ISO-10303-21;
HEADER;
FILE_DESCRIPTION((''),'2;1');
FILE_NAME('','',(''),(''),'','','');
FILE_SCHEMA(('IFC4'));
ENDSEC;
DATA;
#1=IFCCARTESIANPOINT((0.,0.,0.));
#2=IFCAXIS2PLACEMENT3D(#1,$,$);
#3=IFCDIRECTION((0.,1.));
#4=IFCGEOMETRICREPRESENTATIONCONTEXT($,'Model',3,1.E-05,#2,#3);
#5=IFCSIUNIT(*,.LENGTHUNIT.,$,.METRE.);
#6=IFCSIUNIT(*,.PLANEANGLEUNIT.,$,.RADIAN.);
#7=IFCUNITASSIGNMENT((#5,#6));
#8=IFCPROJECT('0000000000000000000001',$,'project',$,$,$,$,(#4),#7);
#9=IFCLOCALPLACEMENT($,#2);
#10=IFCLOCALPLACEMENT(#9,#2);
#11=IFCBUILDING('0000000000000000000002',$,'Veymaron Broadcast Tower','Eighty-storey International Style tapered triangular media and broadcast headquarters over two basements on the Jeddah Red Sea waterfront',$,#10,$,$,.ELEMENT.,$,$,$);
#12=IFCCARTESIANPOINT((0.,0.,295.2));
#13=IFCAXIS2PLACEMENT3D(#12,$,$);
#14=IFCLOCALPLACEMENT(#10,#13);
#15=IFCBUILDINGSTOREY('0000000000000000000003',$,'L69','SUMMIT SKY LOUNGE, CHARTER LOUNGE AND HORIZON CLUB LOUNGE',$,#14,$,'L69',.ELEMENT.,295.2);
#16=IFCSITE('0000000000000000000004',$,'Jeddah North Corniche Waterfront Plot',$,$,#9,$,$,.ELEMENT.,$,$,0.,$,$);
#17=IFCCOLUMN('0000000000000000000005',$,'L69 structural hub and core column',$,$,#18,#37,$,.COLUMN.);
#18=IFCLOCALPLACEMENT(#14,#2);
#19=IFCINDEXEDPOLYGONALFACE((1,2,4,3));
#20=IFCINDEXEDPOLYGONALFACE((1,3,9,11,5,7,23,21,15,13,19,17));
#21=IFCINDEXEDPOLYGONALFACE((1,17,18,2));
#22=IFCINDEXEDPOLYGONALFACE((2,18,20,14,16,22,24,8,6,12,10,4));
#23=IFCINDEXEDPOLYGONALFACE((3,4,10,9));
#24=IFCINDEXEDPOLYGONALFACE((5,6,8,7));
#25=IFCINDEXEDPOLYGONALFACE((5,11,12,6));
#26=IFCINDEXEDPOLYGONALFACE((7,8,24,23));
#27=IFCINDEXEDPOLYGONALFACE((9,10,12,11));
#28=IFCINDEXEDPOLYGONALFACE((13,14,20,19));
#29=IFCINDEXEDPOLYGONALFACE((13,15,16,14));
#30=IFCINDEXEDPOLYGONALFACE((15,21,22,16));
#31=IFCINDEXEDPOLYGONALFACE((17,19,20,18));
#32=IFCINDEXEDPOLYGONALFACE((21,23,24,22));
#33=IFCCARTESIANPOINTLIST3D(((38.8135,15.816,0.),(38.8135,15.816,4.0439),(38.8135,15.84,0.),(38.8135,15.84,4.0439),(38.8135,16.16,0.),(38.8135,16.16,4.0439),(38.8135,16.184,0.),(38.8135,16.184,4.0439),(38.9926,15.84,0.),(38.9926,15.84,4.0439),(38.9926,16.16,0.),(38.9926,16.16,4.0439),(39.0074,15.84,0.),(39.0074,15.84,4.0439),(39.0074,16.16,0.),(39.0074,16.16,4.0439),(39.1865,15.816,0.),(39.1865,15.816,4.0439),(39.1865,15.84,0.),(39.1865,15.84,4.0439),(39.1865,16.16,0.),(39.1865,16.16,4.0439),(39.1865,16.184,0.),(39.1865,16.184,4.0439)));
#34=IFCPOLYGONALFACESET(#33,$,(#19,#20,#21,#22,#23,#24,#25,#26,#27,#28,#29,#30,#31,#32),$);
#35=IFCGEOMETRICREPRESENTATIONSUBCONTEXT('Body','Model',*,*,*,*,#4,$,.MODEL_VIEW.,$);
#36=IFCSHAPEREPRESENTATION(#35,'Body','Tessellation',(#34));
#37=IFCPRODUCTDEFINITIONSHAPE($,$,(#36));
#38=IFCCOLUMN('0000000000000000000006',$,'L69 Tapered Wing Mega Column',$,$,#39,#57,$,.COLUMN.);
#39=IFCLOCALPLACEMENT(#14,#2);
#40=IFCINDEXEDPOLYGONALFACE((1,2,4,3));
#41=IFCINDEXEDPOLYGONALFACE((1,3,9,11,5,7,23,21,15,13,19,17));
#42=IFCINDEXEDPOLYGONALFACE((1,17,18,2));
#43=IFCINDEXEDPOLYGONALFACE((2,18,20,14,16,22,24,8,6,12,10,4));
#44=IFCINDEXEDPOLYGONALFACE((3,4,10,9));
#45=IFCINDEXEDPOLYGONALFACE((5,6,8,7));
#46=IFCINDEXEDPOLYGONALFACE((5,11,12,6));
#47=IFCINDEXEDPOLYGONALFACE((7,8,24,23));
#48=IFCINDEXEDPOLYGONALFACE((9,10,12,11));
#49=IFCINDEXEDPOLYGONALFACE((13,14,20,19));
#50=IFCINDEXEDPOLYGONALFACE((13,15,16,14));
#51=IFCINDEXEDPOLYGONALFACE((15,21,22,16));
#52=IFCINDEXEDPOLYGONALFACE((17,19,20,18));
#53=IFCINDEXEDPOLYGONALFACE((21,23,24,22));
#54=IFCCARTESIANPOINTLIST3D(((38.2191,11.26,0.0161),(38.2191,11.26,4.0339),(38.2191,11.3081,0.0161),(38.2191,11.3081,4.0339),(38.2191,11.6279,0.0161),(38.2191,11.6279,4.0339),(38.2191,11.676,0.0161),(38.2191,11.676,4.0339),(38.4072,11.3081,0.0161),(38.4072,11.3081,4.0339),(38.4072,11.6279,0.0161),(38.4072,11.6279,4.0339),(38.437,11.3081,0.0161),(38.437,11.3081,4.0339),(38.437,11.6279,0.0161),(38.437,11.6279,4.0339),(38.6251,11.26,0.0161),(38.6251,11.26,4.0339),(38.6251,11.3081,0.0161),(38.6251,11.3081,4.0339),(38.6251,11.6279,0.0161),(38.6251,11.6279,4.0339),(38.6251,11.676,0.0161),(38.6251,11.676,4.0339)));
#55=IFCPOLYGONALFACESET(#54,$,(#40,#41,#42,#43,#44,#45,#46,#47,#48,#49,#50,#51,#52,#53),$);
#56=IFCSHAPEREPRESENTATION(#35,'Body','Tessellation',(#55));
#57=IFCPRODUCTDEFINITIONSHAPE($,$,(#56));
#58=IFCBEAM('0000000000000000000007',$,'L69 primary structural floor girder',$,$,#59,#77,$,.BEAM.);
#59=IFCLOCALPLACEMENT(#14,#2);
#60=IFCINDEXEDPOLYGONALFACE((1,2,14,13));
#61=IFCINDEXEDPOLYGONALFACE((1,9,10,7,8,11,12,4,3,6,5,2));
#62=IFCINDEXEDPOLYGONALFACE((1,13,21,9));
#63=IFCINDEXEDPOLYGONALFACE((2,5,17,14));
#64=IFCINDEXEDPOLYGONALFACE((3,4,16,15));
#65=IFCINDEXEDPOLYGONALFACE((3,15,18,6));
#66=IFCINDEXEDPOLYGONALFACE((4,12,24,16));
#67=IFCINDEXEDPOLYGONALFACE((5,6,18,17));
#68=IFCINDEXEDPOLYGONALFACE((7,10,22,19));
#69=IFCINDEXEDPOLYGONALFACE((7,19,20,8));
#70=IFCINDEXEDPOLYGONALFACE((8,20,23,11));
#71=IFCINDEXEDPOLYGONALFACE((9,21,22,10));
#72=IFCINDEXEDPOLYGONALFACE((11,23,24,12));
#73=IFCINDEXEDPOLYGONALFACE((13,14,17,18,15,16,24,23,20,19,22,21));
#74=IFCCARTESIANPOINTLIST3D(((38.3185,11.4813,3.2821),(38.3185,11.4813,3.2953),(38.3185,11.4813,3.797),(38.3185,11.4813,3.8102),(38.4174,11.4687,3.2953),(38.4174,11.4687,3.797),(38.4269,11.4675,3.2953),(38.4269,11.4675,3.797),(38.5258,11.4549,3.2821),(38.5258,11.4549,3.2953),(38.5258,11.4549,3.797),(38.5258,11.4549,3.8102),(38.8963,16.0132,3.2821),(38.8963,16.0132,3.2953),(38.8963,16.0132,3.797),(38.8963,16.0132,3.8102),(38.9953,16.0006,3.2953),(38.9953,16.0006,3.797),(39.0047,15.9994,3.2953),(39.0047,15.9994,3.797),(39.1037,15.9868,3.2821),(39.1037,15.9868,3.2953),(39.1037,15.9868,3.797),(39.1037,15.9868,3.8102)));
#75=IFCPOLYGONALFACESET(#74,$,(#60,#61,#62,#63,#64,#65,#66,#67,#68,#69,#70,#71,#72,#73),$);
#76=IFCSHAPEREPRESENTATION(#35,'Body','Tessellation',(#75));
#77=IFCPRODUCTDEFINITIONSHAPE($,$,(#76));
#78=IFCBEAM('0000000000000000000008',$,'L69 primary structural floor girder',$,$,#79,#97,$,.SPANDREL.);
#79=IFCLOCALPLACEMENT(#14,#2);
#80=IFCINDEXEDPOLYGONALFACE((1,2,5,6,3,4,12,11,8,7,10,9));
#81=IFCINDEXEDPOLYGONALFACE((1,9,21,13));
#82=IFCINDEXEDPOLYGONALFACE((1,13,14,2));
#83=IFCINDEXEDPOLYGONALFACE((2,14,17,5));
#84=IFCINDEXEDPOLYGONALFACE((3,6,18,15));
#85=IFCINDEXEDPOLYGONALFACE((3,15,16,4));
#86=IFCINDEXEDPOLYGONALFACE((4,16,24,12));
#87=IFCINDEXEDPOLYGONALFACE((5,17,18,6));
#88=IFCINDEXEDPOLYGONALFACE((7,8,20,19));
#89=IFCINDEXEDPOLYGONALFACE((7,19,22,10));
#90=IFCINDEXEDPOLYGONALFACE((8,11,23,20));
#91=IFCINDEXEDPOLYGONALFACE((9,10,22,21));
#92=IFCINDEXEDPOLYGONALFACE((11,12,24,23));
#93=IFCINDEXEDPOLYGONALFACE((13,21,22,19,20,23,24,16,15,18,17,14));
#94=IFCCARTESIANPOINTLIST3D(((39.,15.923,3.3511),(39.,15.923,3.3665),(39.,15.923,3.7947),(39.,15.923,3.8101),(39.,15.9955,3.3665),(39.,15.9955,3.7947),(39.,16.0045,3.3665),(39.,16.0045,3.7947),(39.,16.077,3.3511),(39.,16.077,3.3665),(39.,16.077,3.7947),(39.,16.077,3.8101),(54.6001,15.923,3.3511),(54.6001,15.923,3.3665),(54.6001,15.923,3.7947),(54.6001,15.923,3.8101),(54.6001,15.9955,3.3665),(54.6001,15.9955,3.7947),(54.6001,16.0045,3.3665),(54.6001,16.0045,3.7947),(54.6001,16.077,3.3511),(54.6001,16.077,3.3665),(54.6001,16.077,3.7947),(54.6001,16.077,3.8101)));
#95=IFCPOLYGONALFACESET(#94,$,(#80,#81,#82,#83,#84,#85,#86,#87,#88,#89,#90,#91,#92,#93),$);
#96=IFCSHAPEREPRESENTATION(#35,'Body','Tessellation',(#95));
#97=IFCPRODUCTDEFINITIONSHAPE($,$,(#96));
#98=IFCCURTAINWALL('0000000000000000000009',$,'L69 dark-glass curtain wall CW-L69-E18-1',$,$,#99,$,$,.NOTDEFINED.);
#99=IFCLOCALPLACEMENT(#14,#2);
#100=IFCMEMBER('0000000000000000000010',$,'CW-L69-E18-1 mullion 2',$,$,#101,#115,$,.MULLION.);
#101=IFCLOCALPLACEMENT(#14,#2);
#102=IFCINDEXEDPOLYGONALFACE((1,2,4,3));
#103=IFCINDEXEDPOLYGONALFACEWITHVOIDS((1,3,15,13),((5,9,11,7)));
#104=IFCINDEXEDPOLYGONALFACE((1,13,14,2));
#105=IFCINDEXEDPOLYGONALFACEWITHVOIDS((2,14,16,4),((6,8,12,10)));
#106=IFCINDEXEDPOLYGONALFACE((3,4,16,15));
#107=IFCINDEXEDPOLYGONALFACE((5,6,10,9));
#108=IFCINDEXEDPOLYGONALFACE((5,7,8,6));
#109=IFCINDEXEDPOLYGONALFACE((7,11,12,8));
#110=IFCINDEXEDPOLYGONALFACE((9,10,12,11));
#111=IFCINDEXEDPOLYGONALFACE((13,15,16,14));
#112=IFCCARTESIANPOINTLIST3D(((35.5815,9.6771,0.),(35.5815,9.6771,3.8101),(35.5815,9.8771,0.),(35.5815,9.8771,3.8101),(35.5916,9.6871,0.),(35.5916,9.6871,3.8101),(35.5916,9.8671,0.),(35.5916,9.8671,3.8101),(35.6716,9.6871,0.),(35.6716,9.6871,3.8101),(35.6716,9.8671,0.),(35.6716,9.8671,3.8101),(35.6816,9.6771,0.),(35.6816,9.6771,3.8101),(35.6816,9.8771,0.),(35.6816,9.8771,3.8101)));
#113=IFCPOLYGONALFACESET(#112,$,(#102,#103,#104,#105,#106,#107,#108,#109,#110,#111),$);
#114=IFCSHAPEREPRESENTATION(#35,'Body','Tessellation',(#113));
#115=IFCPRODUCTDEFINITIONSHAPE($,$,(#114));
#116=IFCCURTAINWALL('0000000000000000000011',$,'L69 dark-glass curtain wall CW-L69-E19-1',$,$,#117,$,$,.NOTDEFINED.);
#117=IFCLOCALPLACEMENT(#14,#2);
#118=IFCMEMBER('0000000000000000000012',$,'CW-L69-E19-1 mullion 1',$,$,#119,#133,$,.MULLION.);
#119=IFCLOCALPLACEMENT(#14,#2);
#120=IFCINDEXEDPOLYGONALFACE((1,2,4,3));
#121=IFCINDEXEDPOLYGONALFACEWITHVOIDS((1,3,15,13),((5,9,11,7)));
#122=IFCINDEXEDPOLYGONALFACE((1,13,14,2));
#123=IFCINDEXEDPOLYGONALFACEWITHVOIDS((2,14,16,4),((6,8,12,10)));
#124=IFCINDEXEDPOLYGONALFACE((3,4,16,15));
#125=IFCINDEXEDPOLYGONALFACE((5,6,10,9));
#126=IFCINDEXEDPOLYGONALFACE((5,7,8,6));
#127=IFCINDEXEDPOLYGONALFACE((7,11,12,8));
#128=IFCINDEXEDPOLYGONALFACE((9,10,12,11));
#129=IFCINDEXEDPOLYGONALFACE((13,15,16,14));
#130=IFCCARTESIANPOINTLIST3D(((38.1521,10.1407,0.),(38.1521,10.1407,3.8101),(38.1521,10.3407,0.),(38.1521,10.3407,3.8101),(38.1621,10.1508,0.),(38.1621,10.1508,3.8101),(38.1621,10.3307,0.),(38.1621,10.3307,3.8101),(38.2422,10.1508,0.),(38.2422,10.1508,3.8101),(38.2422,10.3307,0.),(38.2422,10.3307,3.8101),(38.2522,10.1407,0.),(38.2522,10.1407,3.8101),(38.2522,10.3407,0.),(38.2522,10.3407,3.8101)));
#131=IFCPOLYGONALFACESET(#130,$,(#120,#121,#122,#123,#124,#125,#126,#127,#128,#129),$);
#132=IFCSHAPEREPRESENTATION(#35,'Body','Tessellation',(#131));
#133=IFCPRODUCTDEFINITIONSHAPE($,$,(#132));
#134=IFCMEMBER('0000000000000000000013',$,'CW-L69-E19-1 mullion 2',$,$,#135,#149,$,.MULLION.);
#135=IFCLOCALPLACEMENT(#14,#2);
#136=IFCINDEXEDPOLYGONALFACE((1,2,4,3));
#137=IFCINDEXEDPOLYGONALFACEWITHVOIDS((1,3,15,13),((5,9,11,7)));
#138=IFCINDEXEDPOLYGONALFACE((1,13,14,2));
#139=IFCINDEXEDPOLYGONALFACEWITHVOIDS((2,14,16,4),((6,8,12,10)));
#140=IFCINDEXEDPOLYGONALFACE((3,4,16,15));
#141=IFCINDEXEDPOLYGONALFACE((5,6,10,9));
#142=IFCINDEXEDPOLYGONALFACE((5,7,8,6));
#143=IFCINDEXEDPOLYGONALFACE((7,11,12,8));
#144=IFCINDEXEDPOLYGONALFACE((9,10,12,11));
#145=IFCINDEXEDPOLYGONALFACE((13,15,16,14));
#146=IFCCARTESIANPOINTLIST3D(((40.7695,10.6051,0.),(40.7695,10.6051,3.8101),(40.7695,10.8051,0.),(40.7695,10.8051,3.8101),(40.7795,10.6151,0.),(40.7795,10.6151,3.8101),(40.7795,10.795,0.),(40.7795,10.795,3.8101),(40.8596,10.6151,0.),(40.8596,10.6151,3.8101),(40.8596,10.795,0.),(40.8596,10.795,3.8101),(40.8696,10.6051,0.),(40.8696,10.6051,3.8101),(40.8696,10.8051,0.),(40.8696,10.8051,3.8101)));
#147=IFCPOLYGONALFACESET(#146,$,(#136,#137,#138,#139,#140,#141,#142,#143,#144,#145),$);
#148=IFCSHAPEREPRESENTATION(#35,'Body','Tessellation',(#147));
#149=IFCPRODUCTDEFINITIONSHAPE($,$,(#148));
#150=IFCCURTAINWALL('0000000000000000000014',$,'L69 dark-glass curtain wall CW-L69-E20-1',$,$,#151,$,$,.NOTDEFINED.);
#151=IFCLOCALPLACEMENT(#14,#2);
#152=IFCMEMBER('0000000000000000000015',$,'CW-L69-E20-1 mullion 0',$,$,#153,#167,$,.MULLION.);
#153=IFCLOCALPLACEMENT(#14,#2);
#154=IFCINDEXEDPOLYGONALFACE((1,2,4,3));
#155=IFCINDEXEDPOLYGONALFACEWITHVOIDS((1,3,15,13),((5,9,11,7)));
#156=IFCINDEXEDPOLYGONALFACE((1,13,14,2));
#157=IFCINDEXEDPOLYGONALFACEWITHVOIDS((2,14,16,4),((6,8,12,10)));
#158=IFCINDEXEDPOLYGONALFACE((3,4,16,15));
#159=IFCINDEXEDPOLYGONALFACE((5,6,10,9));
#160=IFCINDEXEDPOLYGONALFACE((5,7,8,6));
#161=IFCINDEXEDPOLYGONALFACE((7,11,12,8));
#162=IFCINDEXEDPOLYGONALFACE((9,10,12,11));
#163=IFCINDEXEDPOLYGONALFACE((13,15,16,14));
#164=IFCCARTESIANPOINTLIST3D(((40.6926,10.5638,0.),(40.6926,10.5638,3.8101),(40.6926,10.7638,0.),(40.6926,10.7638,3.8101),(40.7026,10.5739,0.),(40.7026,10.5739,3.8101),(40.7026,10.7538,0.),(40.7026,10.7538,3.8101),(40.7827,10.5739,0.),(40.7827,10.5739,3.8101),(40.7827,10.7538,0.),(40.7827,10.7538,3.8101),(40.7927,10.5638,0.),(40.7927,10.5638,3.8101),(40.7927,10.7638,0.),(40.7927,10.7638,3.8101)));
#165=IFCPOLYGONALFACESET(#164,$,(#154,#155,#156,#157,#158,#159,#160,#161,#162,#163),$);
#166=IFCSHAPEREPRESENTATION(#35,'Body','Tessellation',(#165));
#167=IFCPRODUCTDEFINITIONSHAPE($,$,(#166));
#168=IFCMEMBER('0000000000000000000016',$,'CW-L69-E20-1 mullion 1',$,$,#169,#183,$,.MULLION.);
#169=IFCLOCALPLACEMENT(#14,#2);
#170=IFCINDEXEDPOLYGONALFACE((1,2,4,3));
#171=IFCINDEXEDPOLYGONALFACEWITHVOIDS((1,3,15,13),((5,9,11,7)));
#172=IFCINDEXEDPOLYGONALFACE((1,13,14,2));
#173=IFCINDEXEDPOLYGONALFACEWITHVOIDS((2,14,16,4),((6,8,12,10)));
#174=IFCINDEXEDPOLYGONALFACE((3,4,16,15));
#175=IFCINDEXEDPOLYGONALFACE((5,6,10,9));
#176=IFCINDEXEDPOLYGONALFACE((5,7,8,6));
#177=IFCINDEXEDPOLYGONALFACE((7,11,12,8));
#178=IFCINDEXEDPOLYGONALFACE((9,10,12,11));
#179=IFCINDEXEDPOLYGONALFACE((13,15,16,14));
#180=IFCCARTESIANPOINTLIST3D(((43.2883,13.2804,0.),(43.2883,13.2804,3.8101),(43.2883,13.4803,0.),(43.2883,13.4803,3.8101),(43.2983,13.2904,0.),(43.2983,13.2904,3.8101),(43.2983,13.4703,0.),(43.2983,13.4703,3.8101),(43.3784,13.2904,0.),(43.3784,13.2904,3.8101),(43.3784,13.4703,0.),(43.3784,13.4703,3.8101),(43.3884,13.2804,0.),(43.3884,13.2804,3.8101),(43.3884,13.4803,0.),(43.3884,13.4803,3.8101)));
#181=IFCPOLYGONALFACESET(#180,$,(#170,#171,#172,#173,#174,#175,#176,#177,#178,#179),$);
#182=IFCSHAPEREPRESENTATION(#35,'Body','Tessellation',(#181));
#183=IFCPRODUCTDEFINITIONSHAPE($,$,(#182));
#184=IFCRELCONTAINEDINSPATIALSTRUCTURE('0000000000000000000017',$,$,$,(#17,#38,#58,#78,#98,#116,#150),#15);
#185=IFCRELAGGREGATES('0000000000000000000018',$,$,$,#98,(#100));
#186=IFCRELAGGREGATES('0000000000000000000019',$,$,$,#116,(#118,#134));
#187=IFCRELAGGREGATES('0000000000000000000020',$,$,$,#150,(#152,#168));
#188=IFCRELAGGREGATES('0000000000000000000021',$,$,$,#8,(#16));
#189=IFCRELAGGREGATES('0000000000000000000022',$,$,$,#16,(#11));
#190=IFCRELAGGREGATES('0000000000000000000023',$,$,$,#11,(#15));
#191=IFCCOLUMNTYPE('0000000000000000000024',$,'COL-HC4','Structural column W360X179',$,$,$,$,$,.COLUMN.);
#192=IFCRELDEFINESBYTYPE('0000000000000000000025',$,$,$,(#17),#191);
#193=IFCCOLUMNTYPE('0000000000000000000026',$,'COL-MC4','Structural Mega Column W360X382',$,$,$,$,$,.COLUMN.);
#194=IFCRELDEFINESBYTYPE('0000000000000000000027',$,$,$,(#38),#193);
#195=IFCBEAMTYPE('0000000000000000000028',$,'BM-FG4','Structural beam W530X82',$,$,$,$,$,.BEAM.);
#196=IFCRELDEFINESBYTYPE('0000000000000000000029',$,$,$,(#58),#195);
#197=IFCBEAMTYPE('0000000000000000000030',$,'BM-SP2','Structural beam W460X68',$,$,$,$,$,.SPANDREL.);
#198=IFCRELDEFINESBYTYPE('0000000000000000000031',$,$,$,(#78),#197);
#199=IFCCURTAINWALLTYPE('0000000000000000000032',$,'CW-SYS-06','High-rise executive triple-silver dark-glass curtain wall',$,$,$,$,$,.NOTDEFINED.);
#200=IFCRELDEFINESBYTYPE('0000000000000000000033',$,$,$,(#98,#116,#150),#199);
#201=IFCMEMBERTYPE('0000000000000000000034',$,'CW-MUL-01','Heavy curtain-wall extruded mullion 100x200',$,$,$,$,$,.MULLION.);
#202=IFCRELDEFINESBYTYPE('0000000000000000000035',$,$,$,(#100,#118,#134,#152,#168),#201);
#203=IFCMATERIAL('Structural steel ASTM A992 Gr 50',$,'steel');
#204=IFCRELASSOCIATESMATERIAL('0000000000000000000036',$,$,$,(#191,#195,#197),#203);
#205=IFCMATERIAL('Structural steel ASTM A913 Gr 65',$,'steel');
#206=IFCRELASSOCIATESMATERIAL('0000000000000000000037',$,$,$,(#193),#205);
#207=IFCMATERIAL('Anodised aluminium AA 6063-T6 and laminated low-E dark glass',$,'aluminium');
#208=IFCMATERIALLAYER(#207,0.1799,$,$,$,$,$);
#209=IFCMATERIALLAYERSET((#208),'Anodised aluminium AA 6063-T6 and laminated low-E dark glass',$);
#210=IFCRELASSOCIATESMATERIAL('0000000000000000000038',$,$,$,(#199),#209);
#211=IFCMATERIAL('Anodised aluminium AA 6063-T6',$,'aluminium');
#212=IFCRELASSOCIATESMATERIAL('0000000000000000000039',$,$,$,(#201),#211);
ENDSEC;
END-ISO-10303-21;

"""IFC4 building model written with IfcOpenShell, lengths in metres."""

from ifc_helpers import new_model, si_unit, direction, frame, origin, origin_2d, place, context, subcontext, project, spatial, hollow_rectangle, i_section, extrude, material, layer, layer_set, material_profile, profile_set, type_object, element, aggregate, save


model = new_model("IFC4")

# Units and contexts
model_context = context("Model", 3, precision=1e-05, world=origin(), true_north=direction((0.0, 1.0)))
body_context = subcontext(model_context, "Body", "Model", "MODEL_VIEW")
ifc_project = project(units=[si_unit("LENGTHUNIT", "METRE"), si_unit("PLANEANGLEUNIT", "RADIAN")], contexts=[model_context])

# Site, building, storey
site_placement = place(None, origin())
site = spatial("IfcSite", under=ifc_project, at=site_placement, Name="Jeddah North Corniche Waterfront Plot", CompositionType="ELEMENT", RefElevation=0.0)
building_placement = place(site_placement, origin())
building = spatial("IfcBuilding", under=site, at=building_placement, Name="Veymaron Broadcast Tower", Description="Eighty-storey International Style tapered triangular media and broadcast headquarters over two basements on the Jeddah Red Sea waterfront", CompositionType="ELEMENT")
storey_placement = place(building_placement, frame((0.0, 0.0, 295.2)))
storey = spatial("IfcBuildingStorey", under=building, at=storey_placement, Name="L69", Description="SUMMIT SKY LOUNGE, CHARTER LOUNGE AND HORIZON CLUB LOUNGE", LongName="L69", CompositionType="ELEMENT", Elevation=295.2)

# Columns
ifc_material_1 = material(Name="Structural steel ASTM A992 Gr 50", Category="steel")
ifc_material_profile_1 = material_profile(ifc_material_1, i_section(OverallWidth=0.373, OverallDepth=0.3679, WebThickness=0.0149, FlangeThickness=0.0239, at=origin_2d()), Name="W360X179")
ifc_profile_set_1 = profile_set([ifc_material_profile_1], Name="Structural steel ASTM A992 Gr 50")
column_type_1 = type_object("IfcColumnType", Name="COL-HC4", Description="Structural column W360X179", PredefinedType="COLUMN", material=ifc_profile_set_1)
column_1_placement = place(storey_placement, frame((39.0, 16.0, 0.0), z_axis=(0.0, 0.0, 1.0), x_axis=(1.0, 0.0, 0.0)))
element("IfcColumn", 1, at=column_1_placement, inside=storey, type_object=column_type_1, Name="L69 structural hub and core column", PredefinedType="COLUMN", context=body_context, shape_type="SweptSolid", body=[
    extrude(i_section(OverallWidth=0.373, OverallDepth=0.3679, WebThickness=0.0149, FlangeThickness=0.0239, at=origin_2d()), origin(), (0.0, 0.0, 1.0), 4.0439),
])
ifc_material_2 = material(Name="Structural steel ASTM A913 Gr 65", Category="steel")
ifc_material_profile_2 = material_profile(ifc_material_2, i_section(OverallWidth=0.406, OverallDepth=0.416, WebThickness=0.0298, FlangeThickness=0.0481, at=origin_2d()), Name="W360X382")
ifc_profile_set_2 = profile_set([ifc_material_profile_2], Name="Structural steel ASTM A913 Gr 65")
column_type_2 = type_object("IfcColumnType", Name="COL-MC4", Description="Structural Mega Column W360X382", PredefinedType="COLUMN", material=ifc_profile_set_2)
column_2_placement = place(storey_placement, frame((38.4221, 11.468, 0.0161), z_axis=(0.0, 0.0, 1.0), x_axis=(1.0, 0.0, 0.0)))
element("IfcColumn", 2, at=column_2_placement, inside=storey, type_object=column_type_2, Name="L69 Tapered Wing Mega Column", PredefinedType="COLUMN", context=body_context, shape_type="SweptSolid", body=[
    extrude(i_section(OverallWidth=0.406, OverallDepth=0.416, WebThickness=0.0298, FlangeThickness=0.0481, at=origin_2d()), origin(), (0.0, 0.0, 1.0), 4.0178),
])

# Beams
ifc_material_profile_3 = material_profile(ifc_material_1, i_section(OverallWidth=0.209, OverallDepth=0.5281, WebThickness=0.0095, FlangeThickness=0.0132, at=origin_2d()), Name="W530X82")
ifc_profile_set_3 = profile_set([ifc_material_profile_3], Name="Structural steel ASTM A992 Gr 50")
beam_type_1 = type_object("IfcBeamType", Name="BM-FG4", Description="Structural beam W530X82", PredefinedType="BEAM", material=ifc_profile_set_3)
beam_1_placement = place(storey_placement, frame((39.0, 16.0, 3.5461), z_axis=(-0.126488, -0.991968, 0.0), x_axis=(0.991968, -0.126488, 0.0)))
element("IfcBeam", 3, at=beam_1_placement, inside=storey, type_object=beam_type_1, Name="L69 primary structural floor girder", PredefinedType="BEAM", context=body_context, shape_type="SweptSolid", body=[
    extrude(i_section(OverallWidth=0.209, OverallDepth=0.5281, WebThickness=0.0095, FlangeThickness=0.0132, at=origin_2d()), origin(), (0.0, 0.0, 1.0), 4.5686),
])
ifc_material_profile_4 = material_profile(ifc_material_1, i_section(OverallWidth=0.1541, OverallDepth=0.459, WebThickness=0.009, FlangeThickness=0.0154, at=origin_2d()), Name="W460X68")
ifc_profile_set_4 = profile_set([ifc_material_profile_4], Name="Structural steel ASTM A992 Gr 50")
beam_type_2 = type_object("IfcBeamType", Name="BM-SP2", Description="Structural beam W460X68", PredefinedType="SPANDREL", material=ifc_profile_set_4)
beam_2_placement = place(storey_placement, frame((39.0, 16.0, 3.5806), z_axis=(1.0, 0.0, 0.0), x_axis=(0.0, 1.0, 0.0)))
element("IfcBeam", 4, at=beam_2_placement, inside=storey, type_object=beam_type_2, Name="L69 primary structural floor girder", PredefinedType="SPANDREL", context=body_context, shape_type="SweptSolid", body=[
    extrude(i_section(OverallWidth=0.1541, OverallDepth=0.459, WebThickness=0.009, FlangeThickness=0.0154, at=origin_2d()), origin(), (0.0, 0.0, 1.0), 15.6001),
])

# Curtain wall, member
ifc_material_3 = material(Name="Anodised aluminium AA 6063-T6 and laminated low-E dark glass", Category="aluminium")
ifc_layer_1 = layer(ifc_material_3, 0.1799)
ifc_layer_set_1 = layer_set([ifc_layer_1], Name="Anodised aluminium AA 6063-T6 and laminated low-E dark glass")
curtain_wall_type = type_object("IfcCurtainWallType", Name="CW-SYS-06", Description="High-rise executive triple-silver dark-glass curtain wall", PredefinedType="NOTDEFINED", material=ifc_layer_set_1)
curtain_wall_1_placement = place(storey_placement, origin())
curtain_wall_1 = element("IfcCurtainWall", 5, at=curtain_wall_1_placement, inside=storey, type_object=curtain_wall_type, Name="L69 dark-glass curtain wall CW-L69-E18-1", PredefinedType="NOTDEFINED")
ifc_material_4 = material(Name="Anodised aluminium AA 6063-T6", Category="aluminium")
ifc_material_profile_5 = material_profile(ifc_material_4, hollow_rectangle(XDim=0.1001, YDim=0.2, WallThickness=0.01, at=origin_2d()), Name="RHS200X100X10")
ifc_profile_set_5 = profile_set([ifc_material_profile_5], Name="Anodised aluminium AA 6063-T6")
member_type_1 = type_object("IfcMemberType", Name="CW-MUL-01", Description="Heavy curtain-wall extruded mullion 100x200", PredefinedType="MULLION", material=ifc_profile_set_5)
member_1_placement = place(storey_placement, frame((35.6316, 9.7771, 0.0), z_axis=(0.0, 0.0, 1.0), x_axis=(1.0, 0.0, 0.0)))
member_1 = element("IfcMember", 6, at=member_1_placement, type_object=member_type_1, Name="CW-L69-E18-1 mullion 2", PredefinedType="MULLION", context=body_context, shape_type="SweptSolid", body=[
    extrude(hollow_rectangle(XDim=0.1001, YDim=0.2, WallThickness=0.01, at=origin_2d()), origin(), (0.0, 0.0, 1.0), 3.8101),
])
aggregate(curtain_wall_1, [member_1])

# Curtain walls, members
curtain_wall_2_placement = place(storey_placement, origin())
curtain_wall_2 = element("IfcCurtainWall", 7, at=curtain_wall_2_placement, inside=storey, type_object=curtain_wall_type, Name="L69 dark-glass curtain wall CW-L69-E19-1", PredefinedType="NOTDEFINED")
member_2_placement = place(storey_placement, frame((38.2021, 10.2407, 0.0), z_axis=(0.0, 0.0, 1.0), x_axis=(1.0, 0.0, 0.0)))
member_2 = element("IfcMember", 8, at=member_2_placement, type_object=member_type_1, Name="CW-L69-E19-1 mullion 1", PredefinedType="MULLION", context=body_context, shape_type="SweptSolid", body=[
    extrude(hollow_rectangle(XDim=0.1001, YDim=0.2, WallThickness=0.01, at=origin_2d()), origin(), (0.0, 0.0, 1.0), 3.8101),
])
member_3_placement = place(storey_placement, frame((40.8196, 10.7051, 0.0), z_axis=(0.0, 0.0, 1.0), x_axis=(1.0, 0.0, 0.0)))
member_3 = element("IfcMember", 9, at=member_3_placement, type_object=member_type_1, Name="CW-L69-E19-1 mullion 2", PredefinedType="MULLION", context=body_context, shape_type="SweptSolid", body=[
    extrude(hollow_rectangle(XDim=0.1001, YDim=0.2, WallThickness=0.01, at=origin_2d()), origin(), (0.0, 0.0, 1.0), 3.8101),
])
curtain_wall_3_placement = place(storey_placement, origin())
curtain_wall_3 = element("IfcCurtainWall", 10, at=curtain_wall_3_placement, inside=storey, type_object=curtain_wall_type, Name="L69 dark-glass curtain wall CW-L69-E20-1", PredefinedType="NOTDEFINED")
member_4_placement = place(storey_placement, frame((40.7427, 10.6638, 0.0), z_axis=(0.0, 0.0, 1.0), x_axis=(1.0, 0.0, 0.0)))
member_4 = element("IfcMember", 11, at=member_4_placement, type_object=member_type_1, Name="CW-L69-E20-1 mullion 0", PredefinedType="MULLION", context=body_context, shape_type="SweptSolid", body=[
    extrude(hollow_rectangle(XDim=0.1001, YDim=0.2, WallThickness=0.01, at=origin_2d()), origin(), (0.0, 0.0, 1.0), 3.8101),
])
member_5_placement = place(storey_placement, frame((43.3384, 13.3804, 0.0), z_axis=(0.0, 0.0, 1.0), x_axis=(1.0, 0.0, 0.0)))
member_5 = element("IfcMember", 12, at=member_5_placement, type_object=member_type_1, Name="CW-L69-E20-1 mullion 1", PredefinedType="MULLION", context=body_context, shape_type="SweptSolid", body=[
    extrude(hollow_rectangle(XDim=0.1001, YDim=0.2, WallThickness=0.01, at=origin_2d()), origin(), (0.0, 0.0, 1.0), 3.8101),
])

aggregate(curtain_wall_2, [member_2, member_3])
aggregate(curtain_wall_3, [member_4, member_5])

save(model, "model.ifc")
